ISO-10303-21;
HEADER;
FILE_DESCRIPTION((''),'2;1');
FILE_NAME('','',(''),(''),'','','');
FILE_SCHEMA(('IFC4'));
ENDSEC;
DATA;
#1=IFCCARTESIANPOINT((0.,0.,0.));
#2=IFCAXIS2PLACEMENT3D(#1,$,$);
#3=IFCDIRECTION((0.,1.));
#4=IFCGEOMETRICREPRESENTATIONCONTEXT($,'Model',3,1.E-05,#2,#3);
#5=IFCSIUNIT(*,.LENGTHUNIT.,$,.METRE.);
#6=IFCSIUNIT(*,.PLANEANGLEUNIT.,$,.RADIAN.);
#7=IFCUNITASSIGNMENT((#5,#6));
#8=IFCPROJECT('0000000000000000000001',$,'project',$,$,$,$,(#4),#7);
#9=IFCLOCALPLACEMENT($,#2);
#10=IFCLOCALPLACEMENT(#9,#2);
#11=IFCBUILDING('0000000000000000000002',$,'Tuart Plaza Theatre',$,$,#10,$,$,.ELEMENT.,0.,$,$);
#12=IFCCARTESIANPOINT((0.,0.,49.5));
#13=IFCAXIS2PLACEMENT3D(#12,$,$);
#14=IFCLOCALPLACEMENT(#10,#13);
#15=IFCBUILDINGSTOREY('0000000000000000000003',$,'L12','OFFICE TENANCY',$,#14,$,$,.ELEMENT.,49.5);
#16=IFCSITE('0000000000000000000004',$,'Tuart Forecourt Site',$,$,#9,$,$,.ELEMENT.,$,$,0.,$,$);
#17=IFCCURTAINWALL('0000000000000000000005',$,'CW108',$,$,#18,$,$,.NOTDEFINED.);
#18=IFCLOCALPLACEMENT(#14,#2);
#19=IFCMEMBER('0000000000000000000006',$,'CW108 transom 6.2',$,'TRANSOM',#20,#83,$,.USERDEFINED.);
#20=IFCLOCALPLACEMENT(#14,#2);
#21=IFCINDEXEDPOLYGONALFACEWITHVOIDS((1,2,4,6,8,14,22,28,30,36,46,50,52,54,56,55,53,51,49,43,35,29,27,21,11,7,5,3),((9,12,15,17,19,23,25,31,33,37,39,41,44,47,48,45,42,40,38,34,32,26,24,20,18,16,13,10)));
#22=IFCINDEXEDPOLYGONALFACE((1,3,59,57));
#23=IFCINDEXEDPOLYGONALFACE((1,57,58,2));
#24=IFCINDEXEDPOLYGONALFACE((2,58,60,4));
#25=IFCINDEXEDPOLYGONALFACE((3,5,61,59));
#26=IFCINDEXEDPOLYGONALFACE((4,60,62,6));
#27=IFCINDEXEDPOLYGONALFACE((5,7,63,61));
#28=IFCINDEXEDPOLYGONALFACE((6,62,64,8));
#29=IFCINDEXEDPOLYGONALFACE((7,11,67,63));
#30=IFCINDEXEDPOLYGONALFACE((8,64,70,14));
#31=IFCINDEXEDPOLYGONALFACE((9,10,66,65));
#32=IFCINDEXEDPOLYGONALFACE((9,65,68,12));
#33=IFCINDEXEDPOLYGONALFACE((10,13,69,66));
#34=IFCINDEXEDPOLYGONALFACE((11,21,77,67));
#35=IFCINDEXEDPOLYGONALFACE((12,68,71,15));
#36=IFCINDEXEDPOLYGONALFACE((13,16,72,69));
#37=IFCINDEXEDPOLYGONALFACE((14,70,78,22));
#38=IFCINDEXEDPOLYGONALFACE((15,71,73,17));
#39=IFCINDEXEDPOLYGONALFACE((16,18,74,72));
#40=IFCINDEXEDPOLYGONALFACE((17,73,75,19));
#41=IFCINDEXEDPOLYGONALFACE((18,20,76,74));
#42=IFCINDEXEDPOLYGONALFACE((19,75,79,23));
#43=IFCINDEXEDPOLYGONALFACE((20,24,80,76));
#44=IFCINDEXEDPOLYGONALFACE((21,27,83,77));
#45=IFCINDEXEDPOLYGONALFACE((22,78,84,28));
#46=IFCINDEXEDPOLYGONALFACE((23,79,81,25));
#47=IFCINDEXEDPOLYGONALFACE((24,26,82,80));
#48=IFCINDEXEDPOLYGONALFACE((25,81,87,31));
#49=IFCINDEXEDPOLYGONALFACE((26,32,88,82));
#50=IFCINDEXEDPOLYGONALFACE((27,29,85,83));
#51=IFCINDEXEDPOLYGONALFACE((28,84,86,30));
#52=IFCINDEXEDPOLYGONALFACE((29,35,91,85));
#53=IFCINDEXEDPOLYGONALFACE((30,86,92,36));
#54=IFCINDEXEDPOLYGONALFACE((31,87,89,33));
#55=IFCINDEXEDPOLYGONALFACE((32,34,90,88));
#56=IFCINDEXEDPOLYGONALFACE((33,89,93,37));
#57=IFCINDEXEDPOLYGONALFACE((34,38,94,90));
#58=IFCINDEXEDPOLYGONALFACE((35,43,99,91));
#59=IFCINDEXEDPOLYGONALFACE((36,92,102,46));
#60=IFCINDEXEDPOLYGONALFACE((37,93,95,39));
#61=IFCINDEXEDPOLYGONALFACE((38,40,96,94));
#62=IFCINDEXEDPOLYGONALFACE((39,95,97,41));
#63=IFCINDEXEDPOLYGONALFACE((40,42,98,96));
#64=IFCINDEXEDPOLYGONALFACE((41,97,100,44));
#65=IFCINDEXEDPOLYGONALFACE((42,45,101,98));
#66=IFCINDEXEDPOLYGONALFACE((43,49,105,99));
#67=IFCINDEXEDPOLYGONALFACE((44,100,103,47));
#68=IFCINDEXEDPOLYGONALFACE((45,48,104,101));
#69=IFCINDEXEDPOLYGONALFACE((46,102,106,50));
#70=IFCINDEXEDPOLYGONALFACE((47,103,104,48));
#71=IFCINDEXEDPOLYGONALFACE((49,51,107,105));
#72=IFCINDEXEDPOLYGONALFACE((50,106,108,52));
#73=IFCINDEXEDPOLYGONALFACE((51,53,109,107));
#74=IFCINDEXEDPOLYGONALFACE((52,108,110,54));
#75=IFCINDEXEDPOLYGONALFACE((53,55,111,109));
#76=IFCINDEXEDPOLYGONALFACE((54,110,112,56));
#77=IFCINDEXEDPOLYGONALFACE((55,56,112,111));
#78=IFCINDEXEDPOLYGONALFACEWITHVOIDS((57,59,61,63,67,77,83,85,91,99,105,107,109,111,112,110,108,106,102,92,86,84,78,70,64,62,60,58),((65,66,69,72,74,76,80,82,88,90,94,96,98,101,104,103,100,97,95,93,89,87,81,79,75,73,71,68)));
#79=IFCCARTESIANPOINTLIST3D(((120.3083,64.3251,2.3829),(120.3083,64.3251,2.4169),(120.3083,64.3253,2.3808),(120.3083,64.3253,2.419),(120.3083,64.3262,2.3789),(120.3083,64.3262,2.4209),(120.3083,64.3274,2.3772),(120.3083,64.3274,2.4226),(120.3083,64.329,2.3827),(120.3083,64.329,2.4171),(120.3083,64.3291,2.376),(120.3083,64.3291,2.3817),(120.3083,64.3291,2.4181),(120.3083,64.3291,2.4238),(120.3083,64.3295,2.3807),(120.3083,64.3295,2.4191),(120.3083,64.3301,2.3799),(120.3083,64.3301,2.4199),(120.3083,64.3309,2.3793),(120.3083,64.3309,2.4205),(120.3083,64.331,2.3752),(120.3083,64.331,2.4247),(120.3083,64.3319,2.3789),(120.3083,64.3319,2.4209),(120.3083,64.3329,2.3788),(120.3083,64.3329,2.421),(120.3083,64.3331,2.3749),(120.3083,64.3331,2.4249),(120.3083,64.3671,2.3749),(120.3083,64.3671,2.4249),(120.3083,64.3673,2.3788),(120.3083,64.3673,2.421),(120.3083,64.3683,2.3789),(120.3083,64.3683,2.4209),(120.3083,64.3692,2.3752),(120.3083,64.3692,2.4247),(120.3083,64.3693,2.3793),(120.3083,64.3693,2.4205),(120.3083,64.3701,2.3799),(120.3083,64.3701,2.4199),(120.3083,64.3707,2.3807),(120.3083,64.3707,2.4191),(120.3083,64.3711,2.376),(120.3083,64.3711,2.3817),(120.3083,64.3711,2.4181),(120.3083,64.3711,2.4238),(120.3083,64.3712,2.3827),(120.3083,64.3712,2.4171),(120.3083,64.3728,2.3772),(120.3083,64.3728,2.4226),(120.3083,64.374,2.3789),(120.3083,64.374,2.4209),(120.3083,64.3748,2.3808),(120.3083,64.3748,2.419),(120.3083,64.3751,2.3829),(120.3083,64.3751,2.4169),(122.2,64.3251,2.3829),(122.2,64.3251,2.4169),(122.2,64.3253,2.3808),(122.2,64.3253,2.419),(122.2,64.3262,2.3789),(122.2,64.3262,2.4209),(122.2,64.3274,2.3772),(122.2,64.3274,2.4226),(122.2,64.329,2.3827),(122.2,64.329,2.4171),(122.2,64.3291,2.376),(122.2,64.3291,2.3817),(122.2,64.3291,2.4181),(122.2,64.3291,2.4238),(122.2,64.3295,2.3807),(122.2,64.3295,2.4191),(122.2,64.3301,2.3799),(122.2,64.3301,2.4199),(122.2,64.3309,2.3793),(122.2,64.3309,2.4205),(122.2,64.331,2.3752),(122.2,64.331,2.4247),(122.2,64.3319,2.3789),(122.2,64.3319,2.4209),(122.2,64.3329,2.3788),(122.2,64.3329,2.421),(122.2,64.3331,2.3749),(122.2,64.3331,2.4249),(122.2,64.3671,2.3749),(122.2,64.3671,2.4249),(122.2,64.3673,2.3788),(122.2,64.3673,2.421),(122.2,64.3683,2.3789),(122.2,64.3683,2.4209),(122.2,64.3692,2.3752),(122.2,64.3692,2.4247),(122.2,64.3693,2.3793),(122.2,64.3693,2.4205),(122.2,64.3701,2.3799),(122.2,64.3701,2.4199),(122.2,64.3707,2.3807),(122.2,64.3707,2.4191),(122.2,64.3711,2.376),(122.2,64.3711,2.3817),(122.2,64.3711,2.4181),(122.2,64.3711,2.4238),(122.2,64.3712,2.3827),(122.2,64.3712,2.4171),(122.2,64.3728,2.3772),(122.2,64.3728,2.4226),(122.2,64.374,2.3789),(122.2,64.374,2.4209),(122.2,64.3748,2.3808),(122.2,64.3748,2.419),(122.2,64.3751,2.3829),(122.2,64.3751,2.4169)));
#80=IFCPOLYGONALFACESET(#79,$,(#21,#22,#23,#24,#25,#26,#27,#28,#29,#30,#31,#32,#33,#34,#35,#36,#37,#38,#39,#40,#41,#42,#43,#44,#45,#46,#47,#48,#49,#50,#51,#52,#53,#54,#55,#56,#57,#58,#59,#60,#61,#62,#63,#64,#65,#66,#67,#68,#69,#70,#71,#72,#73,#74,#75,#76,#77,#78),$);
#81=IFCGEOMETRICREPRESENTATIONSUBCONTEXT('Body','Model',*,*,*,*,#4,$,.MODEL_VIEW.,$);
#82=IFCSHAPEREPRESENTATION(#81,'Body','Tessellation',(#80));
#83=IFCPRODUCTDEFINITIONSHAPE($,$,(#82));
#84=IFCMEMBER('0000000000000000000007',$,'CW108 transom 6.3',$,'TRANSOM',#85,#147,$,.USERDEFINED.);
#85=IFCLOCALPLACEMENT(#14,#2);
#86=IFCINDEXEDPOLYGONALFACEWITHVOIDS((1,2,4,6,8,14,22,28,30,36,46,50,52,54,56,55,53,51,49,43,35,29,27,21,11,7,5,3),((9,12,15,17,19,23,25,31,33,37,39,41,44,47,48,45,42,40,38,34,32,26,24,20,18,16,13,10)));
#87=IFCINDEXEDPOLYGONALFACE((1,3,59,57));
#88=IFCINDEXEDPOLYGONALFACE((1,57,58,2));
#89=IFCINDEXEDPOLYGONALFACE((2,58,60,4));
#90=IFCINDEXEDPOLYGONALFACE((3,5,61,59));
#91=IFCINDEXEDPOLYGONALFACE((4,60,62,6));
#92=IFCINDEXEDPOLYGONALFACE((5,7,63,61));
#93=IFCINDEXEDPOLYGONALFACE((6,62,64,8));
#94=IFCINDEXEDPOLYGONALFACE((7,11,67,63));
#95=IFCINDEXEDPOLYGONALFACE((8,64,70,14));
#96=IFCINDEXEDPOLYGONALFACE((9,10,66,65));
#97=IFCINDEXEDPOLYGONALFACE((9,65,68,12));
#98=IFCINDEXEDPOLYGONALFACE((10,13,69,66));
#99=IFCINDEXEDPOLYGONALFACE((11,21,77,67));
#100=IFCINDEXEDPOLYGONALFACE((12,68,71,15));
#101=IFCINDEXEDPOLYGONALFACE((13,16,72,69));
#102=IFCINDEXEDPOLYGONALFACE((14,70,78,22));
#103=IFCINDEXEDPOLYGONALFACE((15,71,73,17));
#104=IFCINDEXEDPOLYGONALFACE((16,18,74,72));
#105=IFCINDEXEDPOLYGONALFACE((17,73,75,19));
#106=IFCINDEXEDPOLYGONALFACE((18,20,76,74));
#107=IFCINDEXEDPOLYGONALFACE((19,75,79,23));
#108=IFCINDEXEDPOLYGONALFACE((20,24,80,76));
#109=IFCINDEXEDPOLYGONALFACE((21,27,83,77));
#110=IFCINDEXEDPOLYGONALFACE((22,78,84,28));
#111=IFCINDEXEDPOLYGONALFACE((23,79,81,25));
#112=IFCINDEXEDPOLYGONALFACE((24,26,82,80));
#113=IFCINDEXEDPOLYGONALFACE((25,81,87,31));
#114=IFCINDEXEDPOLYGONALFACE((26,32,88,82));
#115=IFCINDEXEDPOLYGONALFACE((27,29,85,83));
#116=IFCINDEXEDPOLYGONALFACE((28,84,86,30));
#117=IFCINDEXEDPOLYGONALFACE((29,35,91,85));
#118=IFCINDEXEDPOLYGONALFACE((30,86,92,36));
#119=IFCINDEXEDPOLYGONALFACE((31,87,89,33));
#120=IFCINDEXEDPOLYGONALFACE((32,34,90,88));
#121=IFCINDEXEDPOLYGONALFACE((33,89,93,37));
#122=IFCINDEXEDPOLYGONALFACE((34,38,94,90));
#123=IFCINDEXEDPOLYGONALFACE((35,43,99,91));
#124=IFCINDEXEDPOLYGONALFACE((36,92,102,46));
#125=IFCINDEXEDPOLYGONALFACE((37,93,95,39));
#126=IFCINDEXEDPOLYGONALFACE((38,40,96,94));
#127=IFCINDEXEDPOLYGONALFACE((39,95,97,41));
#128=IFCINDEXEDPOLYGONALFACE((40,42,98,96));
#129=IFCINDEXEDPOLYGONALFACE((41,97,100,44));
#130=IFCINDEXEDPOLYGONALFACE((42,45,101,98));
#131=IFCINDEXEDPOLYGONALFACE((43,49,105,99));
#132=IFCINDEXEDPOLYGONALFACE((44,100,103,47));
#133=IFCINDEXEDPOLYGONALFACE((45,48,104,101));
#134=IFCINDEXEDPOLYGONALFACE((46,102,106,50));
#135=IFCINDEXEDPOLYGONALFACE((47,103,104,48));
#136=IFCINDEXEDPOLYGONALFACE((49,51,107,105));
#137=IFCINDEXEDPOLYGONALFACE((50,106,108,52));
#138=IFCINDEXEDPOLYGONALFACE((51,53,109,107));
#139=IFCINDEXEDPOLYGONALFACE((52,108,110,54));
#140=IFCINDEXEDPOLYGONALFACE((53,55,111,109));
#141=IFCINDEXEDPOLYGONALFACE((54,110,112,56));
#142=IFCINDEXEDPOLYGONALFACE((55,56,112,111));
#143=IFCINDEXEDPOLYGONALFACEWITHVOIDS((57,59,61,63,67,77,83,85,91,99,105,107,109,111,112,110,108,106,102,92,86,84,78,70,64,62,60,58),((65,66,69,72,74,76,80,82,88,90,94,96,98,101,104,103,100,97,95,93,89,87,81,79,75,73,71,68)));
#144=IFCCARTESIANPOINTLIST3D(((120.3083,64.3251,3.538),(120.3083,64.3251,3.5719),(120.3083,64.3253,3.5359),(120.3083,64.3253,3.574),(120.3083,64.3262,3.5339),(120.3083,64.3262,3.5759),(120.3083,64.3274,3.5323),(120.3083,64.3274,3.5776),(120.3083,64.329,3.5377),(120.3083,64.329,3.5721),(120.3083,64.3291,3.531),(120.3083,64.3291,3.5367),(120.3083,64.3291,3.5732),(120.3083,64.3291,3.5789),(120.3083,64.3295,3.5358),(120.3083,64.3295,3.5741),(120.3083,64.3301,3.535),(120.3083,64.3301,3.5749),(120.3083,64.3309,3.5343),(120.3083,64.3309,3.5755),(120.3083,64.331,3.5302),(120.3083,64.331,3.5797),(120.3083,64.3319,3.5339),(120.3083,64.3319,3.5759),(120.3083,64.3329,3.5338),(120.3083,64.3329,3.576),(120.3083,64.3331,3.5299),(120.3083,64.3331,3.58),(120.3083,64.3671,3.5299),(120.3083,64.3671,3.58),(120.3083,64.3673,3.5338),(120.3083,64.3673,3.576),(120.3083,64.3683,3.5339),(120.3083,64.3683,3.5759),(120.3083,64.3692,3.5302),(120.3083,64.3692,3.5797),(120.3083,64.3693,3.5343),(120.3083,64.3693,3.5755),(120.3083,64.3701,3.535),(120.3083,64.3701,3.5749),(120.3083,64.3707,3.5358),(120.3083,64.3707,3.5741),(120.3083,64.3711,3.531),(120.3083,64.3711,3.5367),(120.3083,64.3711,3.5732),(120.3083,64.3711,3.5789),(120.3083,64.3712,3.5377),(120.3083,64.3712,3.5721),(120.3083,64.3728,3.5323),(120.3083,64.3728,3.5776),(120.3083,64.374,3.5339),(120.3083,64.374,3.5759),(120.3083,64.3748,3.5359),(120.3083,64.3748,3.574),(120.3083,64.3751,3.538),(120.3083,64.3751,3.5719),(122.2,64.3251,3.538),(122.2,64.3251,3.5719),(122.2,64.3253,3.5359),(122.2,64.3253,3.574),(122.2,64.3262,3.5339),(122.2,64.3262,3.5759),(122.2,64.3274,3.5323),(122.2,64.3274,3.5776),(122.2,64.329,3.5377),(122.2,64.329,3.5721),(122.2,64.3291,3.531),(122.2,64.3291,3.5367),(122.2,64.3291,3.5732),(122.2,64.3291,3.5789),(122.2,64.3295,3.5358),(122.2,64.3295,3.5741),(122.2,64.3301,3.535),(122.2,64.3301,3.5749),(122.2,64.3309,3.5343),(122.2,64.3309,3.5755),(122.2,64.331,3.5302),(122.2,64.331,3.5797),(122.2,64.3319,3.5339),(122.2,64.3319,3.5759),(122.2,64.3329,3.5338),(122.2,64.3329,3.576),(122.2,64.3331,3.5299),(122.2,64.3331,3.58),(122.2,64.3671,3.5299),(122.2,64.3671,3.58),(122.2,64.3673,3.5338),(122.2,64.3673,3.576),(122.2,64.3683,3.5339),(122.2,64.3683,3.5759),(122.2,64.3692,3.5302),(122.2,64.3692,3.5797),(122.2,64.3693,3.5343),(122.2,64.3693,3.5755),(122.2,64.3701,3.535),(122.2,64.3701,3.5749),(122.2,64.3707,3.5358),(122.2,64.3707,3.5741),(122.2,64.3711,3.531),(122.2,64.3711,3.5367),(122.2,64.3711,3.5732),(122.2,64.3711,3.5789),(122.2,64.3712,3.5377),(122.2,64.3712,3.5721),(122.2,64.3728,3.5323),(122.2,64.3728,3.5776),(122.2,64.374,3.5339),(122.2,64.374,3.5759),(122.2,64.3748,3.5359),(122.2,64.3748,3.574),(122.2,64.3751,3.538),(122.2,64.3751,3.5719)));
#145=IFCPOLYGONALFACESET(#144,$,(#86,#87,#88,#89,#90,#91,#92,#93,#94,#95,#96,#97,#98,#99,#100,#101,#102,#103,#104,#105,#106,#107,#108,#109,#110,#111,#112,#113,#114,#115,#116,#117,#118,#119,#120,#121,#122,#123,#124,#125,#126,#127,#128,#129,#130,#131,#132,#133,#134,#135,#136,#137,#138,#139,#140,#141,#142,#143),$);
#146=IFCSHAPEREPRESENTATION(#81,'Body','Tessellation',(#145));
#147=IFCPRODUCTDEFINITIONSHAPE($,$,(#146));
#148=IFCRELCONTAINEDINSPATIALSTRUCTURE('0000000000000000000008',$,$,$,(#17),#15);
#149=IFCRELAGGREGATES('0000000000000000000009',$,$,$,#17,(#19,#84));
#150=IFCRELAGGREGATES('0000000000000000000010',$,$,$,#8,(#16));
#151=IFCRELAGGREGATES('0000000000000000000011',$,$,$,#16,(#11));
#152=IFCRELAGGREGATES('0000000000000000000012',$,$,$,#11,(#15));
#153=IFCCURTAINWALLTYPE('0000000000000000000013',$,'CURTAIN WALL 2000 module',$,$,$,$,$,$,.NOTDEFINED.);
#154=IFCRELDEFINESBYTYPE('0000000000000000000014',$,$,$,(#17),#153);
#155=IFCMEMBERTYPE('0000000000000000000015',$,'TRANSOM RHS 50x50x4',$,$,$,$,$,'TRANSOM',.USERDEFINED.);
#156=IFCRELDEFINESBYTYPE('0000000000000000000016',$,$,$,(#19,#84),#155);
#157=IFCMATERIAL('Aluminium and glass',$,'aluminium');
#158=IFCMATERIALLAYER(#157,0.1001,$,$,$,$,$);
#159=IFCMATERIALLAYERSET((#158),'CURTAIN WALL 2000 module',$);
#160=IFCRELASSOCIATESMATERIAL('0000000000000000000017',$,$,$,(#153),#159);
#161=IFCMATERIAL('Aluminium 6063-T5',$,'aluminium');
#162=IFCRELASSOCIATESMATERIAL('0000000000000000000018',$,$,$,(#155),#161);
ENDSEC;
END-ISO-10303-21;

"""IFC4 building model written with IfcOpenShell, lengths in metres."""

from ifc_helpers import new_model, si_unit, direction, frame, origin, origin_2d, place, context, subcontext, project, spatial, hollow_rectangle, extrude, material, layer, layer_set, material_profile, profile_set, type_object, element, aggregate, save


model = new_model("IFC4")

# Units and contexts
model_context = context("Model", 3, precision=1e-05, world=origin(), true_north=direction((0.0, 1.0)))
body_context = subcontext(model_context, "Body", "Model", "MODEL_VIEW")
ifc_project = project(units=[si_unit("LENGTHUNIT", "METRE"), si_unit("PLANEANGLEUNIT", "RADIAN")], contexts=[model_context])

# Site, building, storey
site_placement = place(None, origin())
site = spatial("IfcSite", under=ifc_project, at=site_placement, Name="Tuart Forecourt Site", CompositionType="ELEMENT", RefElevation=0.0)
building_placement = place(site_placement, origin())
building = spatial("IfcBuilding", under=site, at=building_placement, Name="Tuart Plaza Theatre", CompositionType="ELEMENT", ElevationOfRefHeight=0.0)
storey_placement = place(building_placement, frame((0.0, 0.0, 49.5)))
storey = spatial("IfcBuildingStorey", under=building, at=storey_placement, Name="L12", Description="OFFICE TENANCY", CompositionType="ELEMENT", Elevation=49.5)

# Curtain wall, members
ifc_material_1 = material(Name="Aluminium and glass", Category="aluminium")
ifc_layer_1 = layer(ifc_material_1, 0.1001)
ifc_layer_set_1 = layer_set([ifc_layer_1], Name="CURTAIN WALL 2000 module")
curtain_wall_type = type_object("IfcCurtainWallType", Name="CURTAIN WALL 2000 module", PredefinedType="NOTDEFINED", material=ifc_layer_set_1)
curtain_wall_1_placement = place(storey_placement, origin())
curtain_wall_1 = element("IfcCurtainWall", 1, at=curtain_wall_1_placement, inside=storey, type_object=curtain_wall_type, Name="CW108", PredefinedType="NOTDEFINED")
ifc_material_2 = material(Name="Aluminium 6063-T5", Category="aluminium")
ifc_material_profile_1 = material_profile(ifc_material_2, hollow_rectangle(XDim=0.05, YDim=0.05, WallThickness=0.0039, InnerFilletRadius=0.0039, OuterFilletRadius=0.0081, at=origin_2d()), Name="RHS 50x50x4")
ifc_profile_set_1 = profile_set([ifc_material_profile_1], Name="Aluminium 6063-T5")
member_type_1 = type_object("IfcMemberType", Name="TRANSOM RHS 50x50x4", ElementType="TRANSOM", PredefinedType="USERDEFINED", material=ifc_profile_set_1)
member_1_placement = place(storey_placement, frame((120.3083, 64.3501, 2.3999), z_axis=(1.0, 0.0, 0.0), x_axis=(0.0, 1.0, 0.0)))
member_1 = element("IfcMember", 2, at=member_1_placement, type_object=member_type_1, Name="CW108 transom 6.2", ObjectType="TRANSOM", PredefinedType="USERDEFINED", context=body_context, shape_type="SweptSolid", body=[
    extrude(hollow_rectangle(XDim=0.05, YDim=0.05, WallThickness=0.0039, InnerFilletRadius=0.0039, OuterFilletRadius=0.0081, at=origin_2d()), origin(), (0.0, 0.0, 1.0), 1.8916),
])
member_2_placement = place(storey_placement, frame((120.3083, 64.3501, 3.5549), z_axis=(1.0, 0.0, 0.0), x_axis=(0.0, 1.0, 0.0)))
member_2 = element("IfcMember", 3, at=member_2_placement, type_object=member_type_1, Name="CW108 transom 6.3", ObjectType="TRANSOM", PredefinedType="USERDEFINED", context=body_context, shape_type="SweptSolid", body=[
    extrude(hollow_rectangle(XDim=0.05, YDim=0.05, WallThickness=0.0039, InnerFilletRadius=0.0039, OuterFilletRadius=0.0081, at=origin_2d()), origin(), (0.0, 0.0, 1.0), 1.8916),
])

aggregate(curtain_wall_1, [member_1, member_2])

save(model, "model.ifc")
